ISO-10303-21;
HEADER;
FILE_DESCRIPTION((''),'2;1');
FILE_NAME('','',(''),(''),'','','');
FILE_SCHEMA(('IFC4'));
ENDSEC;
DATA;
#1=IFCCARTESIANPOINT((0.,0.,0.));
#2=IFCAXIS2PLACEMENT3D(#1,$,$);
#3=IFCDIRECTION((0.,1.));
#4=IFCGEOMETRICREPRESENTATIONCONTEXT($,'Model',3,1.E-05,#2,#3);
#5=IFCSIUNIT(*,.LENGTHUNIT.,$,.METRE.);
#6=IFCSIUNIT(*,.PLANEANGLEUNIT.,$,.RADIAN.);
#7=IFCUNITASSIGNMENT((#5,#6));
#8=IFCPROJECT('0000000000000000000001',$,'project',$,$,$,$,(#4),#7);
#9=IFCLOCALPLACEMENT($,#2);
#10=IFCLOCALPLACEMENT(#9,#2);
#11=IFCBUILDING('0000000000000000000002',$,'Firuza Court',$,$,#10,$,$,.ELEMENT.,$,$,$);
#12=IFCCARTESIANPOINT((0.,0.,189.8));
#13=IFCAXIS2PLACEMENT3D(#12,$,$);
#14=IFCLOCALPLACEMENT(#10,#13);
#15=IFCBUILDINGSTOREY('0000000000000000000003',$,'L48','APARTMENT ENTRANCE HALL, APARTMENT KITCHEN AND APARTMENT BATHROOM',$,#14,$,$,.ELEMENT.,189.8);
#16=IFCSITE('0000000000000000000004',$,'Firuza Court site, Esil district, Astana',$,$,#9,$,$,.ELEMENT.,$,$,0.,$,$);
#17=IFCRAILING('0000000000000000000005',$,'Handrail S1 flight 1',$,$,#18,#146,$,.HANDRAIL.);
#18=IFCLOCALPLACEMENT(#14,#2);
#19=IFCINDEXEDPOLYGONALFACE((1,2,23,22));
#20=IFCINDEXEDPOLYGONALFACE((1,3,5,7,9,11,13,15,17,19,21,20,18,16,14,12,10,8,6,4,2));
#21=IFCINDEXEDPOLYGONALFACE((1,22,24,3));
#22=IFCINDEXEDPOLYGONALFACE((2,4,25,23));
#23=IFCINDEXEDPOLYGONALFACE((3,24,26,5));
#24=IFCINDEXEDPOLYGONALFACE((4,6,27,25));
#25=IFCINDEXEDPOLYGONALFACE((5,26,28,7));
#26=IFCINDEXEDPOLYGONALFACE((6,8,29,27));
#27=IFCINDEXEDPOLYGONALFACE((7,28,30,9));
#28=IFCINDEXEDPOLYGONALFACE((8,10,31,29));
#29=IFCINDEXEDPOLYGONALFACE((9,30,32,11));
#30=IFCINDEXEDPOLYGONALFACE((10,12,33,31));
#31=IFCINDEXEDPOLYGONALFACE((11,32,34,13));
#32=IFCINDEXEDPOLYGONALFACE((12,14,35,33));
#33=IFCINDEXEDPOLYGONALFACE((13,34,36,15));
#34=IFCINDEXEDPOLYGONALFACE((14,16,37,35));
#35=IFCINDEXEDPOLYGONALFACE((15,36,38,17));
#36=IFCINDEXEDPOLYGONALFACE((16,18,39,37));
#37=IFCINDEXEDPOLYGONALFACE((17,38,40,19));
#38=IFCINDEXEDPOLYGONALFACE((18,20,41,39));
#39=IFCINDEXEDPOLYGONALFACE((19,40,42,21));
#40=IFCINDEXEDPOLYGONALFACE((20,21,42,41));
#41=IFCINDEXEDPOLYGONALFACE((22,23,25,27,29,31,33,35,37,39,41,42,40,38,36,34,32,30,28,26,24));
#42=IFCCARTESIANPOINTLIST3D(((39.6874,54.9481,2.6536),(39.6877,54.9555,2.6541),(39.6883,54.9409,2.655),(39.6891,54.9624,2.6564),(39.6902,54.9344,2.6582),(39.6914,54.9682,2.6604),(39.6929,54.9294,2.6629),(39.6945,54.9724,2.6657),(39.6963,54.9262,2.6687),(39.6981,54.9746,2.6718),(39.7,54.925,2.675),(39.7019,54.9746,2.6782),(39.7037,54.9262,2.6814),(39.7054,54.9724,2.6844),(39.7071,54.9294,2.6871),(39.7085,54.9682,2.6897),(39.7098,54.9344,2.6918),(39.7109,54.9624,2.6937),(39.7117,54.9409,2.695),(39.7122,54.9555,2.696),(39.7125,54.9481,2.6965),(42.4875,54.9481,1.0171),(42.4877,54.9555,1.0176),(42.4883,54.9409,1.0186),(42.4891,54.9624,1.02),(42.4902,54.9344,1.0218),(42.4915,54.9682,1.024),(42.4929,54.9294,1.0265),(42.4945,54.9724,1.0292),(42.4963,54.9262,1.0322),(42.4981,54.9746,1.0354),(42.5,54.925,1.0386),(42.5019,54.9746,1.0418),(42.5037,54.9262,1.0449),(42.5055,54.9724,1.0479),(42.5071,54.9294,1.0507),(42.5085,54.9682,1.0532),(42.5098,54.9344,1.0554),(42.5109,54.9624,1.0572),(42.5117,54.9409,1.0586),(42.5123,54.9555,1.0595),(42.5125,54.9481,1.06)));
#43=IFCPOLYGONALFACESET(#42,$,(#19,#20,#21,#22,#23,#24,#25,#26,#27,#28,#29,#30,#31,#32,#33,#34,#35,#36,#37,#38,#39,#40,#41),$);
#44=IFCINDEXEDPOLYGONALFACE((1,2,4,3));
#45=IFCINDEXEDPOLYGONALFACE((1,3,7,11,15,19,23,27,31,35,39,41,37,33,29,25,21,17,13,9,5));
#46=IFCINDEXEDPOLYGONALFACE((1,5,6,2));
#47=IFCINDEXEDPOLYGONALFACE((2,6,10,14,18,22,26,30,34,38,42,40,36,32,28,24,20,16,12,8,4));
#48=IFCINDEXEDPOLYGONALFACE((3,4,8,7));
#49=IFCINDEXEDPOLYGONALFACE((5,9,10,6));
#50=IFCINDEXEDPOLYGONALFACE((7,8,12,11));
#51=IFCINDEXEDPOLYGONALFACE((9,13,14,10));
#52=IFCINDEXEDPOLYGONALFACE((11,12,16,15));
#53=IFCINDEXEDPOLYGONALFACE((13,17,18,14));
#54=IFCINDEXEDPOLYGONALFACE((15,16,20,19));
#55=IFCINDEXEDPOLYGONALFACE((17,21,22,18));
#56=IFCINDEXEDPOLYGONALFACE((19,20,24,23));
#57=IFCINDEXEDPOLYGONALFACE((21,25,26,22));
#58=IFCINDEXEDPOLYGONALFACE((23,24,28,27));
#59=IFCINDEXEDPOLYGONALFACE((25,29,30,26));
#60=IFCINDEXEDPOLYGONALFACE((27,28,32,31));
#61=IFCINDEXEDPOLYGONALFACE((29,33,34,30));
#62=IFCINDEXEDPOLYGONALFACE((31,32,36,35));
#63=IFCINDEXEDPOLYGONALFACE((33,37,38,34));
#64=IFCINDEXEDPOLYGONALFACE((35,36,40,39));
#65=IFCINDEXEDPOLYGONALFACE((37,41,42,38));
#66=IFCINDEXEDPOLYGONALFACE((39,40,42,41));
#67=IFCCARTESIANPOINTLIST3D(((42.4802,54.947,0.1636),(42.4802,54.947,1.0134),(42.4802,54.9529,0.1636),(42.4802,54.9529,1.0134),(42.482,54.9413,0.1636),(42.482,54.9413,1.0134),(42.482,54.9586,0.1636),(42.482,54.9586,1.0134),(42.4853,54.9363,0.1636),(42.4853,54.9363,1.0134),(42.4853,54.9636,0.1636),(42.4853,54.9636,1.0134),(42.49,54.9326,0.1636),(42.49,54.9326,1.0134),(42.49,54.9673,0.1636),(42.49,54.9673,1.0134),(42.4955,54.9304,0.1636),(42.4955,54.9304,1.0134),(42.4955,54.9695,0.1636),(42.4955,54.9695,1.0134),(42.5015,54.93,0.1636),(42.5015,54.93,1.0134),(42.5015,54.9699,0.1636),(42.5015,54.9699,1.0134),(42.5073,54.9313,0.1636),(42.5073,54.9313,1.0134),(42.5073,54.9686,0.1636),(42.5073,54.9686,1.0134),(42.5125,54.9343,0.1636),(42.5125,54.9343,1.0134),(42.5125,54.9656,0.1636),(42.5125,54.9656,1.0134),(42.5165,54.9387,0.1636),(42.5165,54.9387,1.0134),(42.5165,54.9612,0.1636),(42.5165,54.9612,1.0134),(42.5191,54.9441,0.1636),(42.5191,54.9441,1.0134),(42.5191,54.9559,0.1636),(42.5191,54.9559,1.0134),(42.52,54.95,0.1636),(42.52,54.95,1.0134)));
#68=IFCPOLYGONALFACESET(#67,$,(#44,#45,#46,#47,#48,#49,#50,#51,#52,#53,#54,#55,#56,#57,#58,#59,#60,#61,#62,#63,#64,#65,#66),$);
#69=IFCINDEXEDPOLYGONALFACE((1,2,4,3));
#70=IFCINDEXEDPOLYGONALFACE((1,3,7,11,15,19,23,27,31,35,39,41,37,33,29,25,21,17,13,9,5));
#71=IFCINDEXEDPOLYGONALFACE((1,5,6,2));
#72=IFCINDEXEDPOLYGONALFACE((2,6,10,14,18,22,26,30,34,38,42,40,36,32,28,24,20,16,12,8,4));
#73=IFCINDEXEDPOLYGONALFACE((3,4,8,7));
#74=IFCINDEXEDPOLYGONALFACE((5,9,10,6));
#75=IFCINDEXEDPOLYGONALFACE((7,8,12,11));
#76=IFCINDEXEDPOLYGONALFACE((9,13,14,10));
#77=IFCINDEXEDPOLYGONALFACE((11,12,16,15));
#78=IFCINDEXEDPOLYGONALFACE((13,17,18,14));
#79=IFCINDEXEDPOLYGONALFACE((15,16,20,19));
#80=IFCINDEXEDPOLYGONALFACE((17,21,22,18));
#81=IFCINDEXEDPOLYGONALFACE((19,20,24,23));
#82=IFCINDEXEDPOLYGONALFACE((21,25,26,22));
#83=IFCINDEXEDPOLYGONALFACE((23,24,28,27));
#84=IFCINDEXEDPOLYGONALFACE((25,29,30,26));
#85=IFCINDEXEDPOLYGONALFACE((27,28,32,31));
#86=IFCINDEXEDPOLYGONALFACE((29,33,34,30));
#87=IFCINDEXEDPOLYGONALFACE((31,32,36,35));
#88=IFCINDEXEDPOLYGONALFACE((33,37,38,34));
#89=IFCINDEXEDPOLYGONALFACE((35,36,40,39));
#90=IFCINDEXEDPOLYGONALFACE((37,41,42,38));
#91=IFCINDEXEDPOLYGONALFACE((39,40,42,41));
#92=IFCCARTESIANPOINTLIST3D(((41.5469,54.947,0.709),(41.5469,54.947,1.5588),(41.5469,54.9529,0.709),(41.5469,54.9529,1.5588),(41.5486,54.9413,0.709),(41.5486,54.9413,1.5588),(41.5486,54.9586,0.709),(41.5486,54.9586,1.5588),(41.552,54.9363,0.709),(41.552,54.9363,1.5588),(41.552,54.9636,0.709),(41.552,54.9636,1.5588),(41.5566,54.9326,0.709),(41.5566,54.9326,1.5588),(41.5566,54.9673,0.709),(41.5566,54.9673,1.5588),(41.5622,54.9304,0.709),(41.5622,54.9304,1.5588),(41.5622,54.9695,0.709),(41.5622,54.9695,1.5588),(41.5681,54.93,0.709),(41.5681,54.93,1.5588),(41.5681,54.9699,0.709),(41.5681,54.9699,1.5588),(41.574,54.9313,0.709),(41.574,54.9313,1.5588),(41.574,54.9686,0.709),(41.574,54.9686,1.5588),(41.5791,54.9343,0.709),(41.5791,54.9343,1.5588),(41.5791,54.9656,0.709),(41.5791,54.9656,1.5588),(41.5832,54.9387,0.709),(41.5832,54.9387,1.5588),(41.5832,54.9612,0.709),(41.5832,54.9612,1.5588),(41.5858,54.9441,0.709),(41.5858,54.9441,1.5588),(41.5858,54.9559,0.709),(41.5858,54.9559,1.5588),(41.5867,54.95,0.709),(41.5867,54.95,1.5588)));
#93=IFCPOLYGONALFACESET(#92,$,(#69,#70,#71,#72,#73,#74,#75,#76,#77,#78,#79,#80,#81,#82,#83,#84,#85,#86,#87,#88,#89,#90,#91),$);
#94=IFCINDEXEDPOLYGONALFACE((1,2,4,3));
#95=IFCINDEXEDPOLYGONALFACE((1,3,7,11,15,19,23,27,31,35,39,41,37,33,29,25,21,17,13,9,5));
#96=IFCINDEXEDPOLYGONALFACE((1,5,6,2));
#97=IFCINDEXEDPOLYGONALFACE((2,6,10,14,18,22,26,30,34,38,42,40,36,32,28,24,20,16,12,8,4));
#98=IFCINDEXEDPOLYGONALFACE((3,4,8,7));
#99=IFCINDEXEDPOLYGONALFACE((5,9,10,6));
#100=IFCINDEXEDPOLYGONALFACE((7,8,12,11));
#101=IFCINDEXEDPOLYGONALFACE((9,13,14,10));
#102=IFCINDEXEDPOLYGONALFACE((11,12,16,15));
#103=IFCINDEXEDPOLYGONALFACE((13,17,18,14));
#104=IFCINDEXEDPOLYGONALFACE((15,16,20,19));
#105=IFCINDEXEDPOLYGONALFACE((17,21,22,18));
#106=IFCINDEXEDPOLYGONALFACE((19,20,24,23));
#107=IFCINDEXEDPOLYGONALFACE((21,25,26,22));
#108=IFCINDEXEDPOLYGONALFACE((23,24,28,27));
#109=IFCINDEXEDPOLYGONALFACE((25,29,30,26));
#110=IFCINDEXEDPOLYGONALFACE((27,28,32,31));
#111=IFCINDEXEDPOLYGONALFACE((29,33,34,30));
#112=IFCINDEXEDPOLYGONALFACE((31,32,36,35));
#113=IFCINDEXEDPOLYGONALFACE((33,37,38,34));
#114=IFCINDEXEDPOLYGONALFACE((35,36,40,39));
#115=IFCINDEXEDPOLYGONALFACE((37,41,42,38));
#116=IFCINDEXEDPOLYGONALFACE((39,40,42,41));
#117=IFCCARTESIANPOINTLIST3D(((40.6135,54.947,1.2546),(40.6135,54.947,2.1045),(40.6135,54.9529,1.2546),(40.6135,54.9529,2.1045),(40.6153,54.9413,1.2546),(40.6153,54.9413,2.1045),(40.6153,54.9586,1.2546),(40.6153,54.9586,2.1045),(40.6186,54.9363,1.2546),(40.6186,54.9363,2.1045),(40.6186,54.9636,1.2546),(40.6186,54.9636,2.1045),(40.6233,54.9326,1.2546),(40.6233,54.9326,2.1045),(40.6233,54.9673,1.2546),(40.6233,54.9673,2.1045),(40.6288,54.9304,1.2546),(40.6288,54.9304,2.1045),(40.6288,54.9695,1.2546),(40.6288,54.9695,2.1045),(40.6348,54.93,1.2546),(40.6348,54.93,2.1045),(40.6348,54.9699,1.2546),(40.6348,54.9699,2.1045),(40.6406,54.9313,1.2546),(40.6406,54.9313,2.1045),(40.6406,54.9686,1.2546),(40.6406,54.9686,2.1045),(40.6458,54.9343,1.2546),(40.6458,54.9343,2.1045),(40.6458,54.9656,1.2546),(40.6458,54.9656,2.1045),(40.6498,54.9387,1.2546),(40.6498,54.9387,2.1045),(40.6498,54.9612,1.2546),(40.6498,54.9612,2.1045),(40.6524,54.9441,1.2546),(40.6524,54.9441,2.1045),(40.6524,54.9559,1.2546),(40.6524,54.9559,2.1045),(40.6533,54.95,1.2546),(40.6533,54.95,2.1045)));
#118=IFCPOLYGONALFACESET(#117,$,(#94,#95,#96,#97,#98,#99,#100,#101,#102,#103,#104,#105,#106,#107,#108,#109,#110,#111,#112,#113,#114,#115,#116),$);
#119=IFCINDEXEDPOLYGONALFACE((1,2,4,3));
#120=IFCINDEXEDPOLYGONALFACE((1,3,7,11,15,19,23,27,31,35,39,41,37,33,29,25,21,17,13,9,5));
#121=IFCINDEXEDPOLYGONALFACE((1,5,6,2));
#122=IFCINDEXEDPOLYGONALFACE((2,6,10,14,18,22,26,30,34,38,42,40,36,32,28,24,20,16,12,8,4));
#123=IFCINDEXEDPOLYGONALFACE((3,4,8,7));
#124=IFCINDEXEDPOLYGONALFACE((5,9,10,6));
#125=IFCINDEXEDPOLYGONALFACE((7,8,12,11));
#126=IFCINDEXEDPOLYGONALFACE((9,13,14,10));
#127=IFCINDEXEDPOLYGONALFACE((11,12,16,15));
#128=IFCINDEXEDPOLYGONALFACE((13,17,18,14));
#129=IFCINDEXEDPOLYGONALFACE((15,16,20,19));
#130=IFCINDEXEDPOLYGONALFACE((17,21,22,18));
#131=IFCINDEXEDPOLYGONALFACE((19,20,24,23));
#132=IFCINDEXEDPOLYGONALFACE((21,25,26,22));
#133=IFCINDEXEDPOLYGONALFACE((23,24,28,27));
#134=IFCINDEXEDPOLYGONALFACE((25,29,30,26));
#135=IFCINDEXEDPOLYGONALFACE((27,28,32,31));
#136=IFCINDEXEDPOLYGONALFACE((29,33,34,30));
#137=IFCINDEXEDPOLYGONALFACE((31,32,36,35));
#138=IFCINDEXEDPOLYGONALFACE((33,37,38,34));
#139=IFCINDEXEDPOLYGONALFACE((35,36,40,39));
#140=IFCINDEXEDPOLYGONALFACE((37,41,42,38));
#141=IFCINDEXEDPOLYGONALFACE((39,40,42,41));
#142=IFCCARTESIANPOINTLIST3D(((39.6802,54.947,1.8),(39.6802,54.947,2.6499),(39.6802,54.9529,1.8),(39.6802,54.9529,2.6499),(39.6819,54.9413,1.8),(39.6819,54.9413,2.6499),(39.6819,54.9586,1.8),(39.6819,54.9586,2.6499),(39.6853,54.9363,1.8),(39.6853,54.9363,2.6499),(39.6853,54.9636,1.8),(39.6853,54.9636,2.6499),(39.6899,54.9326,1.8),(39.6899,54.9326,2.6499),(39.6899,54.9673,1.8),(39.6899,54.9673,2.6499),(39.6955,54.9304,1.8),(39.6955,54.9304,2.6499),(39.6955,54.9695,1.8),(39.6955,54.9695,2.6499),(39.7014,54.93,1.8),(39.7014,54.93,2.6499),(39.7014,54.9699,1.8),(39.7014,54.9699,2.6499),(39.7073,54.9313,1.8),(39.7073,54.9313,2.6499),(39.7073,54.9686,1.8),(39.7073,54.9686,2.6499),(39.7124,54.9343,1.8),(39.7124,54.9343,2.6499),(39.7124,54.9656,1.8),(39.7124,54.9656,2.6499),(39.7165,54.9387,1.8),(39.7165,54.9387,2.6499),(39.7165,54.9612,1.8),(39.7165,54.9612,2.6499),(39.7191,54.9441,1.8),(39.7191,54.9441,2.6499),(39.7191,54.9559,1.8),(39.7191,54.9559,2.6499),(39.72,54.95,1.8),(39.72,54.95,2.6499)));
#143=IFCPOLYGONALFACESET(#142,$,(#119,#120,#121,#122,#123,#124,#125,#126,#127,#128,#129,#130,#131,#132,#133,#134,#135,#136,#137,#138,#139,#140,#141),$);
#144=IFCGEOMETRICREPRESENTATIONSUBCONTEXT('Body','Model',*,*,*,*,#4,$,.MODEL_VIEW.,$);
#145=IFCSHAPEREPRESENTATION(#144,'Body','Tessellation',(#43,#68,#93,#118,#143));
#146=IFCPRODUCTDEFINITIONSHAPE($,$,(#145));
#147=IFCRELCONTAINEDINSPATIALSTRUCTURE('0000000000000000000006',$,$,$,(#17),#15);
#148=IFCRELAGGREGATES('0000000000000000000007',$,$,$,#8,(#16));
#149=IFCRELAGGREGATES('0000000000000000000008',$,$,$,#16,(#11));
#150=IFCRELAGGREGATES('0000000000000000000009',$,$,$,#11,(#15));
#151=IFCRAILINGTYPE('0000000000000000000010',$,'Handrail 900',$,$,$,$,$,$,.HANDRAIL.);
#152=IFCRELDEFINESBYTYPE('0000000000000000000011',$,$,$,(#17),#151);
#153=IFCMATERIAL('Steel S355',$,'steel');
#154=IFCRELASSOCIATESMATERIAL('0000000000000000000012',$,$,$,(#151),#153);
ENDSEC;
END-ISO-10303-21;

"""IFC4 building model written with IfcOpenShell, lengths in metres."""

from ifc_helpers import new_model, si_unit, direction, frame, origin, origin_2d, place, context, subcontext, project, spatial, circle, extrude, material, type_object, element, save


model = new_model("IFC4")

# Units and contexts
model_context = context("Model", 3, precision=1e-05, world=origin(), true_north=direction((0.0, 1.0)))
body_context = subcontext(model_context, "Body", "Model", "MODEL_VIEW")
ifc_project = project(units=[si_unit("LENGTHUNIT", "METRE"), si_unit("PLANEANGLEUNIT", "RADIAN")], contexts=[model_context])

# Site, building, storey
site_placement = place(None, origin())
site = spatial("IfcSite", under=ifc_project, at=site_placement, Name="Firuza Court site, Esil district, Astana", CompositionType="ELEMENT", RefElevation=0.0)
building_placement = place(site_placement, origin())
building = spatial("IfcBuilding", under=site, at=building_placement, Name="Firuza Court", CompositionType="ELEMENT")
storey_placement = place(building_placement, frame((0.0, 0.0, 189.8)))
storey = spatial("IfcBuildingStorey", under=building, at=storey_placement, Name="L48", Description="APARTMENT ENTRANCE HALL, APARTMENT KITCHEN AND APARTMENT BATHROOM", CompositionType="ELEMENT", Elevation=189.8)

# Railing
ifc_material_1 = material(Name="Steel S355", Category="steel")
railing_type_1 = type_object("IfcRailingType", Name="Handrail 900", PredefinedType="HANDRAIL", material=ifc_material_1)
railing_1_placement = place(storey_placement, frame((42.5, 54.95, 0.1636)))
element("IfcRailing", 1, at=railing_1_placement, inside=storey, type_object=railing_type_1, Name="Handrail S1 flight 1", PredefinedType="HANDRAIL", context=body_context, shape_type="SweptSolid", body=[
    extrude(circle(Radius=0.0249, at=origin_2d()), frame((0.0, 0.0, 0.875), z_axis=(-0.863361, 0.0, 0.504587), x_axis=(0.0, -1.0, 0.0)), (0.0, 0.0, 1.0), 3.2432),
    extrude(circle(Radius=0.02, at=origin_2d()), origin(), (0.0, 0.0, 1.0), 0.8499),
    extrude(circle(Radius=0.02, at=origin_2d()), frame((-0.9333, 0.0, 0.5454)), (0.0, 0.0, 1.0), 0.8499),
    extrude(circle(Radius=0.02, at=origin_2d()), frame((-1.8667, 0.0, 1.0911)), (0.0, 0.0, 1.0), 0.8499),
    extrude(circle(Radius=0.02, at=origin_2d()), frame((-2.8, 0.0, 1.6365)), (0.0, 0.0, 1.0), 0.8499),
])

save(model, "model.ifc")
